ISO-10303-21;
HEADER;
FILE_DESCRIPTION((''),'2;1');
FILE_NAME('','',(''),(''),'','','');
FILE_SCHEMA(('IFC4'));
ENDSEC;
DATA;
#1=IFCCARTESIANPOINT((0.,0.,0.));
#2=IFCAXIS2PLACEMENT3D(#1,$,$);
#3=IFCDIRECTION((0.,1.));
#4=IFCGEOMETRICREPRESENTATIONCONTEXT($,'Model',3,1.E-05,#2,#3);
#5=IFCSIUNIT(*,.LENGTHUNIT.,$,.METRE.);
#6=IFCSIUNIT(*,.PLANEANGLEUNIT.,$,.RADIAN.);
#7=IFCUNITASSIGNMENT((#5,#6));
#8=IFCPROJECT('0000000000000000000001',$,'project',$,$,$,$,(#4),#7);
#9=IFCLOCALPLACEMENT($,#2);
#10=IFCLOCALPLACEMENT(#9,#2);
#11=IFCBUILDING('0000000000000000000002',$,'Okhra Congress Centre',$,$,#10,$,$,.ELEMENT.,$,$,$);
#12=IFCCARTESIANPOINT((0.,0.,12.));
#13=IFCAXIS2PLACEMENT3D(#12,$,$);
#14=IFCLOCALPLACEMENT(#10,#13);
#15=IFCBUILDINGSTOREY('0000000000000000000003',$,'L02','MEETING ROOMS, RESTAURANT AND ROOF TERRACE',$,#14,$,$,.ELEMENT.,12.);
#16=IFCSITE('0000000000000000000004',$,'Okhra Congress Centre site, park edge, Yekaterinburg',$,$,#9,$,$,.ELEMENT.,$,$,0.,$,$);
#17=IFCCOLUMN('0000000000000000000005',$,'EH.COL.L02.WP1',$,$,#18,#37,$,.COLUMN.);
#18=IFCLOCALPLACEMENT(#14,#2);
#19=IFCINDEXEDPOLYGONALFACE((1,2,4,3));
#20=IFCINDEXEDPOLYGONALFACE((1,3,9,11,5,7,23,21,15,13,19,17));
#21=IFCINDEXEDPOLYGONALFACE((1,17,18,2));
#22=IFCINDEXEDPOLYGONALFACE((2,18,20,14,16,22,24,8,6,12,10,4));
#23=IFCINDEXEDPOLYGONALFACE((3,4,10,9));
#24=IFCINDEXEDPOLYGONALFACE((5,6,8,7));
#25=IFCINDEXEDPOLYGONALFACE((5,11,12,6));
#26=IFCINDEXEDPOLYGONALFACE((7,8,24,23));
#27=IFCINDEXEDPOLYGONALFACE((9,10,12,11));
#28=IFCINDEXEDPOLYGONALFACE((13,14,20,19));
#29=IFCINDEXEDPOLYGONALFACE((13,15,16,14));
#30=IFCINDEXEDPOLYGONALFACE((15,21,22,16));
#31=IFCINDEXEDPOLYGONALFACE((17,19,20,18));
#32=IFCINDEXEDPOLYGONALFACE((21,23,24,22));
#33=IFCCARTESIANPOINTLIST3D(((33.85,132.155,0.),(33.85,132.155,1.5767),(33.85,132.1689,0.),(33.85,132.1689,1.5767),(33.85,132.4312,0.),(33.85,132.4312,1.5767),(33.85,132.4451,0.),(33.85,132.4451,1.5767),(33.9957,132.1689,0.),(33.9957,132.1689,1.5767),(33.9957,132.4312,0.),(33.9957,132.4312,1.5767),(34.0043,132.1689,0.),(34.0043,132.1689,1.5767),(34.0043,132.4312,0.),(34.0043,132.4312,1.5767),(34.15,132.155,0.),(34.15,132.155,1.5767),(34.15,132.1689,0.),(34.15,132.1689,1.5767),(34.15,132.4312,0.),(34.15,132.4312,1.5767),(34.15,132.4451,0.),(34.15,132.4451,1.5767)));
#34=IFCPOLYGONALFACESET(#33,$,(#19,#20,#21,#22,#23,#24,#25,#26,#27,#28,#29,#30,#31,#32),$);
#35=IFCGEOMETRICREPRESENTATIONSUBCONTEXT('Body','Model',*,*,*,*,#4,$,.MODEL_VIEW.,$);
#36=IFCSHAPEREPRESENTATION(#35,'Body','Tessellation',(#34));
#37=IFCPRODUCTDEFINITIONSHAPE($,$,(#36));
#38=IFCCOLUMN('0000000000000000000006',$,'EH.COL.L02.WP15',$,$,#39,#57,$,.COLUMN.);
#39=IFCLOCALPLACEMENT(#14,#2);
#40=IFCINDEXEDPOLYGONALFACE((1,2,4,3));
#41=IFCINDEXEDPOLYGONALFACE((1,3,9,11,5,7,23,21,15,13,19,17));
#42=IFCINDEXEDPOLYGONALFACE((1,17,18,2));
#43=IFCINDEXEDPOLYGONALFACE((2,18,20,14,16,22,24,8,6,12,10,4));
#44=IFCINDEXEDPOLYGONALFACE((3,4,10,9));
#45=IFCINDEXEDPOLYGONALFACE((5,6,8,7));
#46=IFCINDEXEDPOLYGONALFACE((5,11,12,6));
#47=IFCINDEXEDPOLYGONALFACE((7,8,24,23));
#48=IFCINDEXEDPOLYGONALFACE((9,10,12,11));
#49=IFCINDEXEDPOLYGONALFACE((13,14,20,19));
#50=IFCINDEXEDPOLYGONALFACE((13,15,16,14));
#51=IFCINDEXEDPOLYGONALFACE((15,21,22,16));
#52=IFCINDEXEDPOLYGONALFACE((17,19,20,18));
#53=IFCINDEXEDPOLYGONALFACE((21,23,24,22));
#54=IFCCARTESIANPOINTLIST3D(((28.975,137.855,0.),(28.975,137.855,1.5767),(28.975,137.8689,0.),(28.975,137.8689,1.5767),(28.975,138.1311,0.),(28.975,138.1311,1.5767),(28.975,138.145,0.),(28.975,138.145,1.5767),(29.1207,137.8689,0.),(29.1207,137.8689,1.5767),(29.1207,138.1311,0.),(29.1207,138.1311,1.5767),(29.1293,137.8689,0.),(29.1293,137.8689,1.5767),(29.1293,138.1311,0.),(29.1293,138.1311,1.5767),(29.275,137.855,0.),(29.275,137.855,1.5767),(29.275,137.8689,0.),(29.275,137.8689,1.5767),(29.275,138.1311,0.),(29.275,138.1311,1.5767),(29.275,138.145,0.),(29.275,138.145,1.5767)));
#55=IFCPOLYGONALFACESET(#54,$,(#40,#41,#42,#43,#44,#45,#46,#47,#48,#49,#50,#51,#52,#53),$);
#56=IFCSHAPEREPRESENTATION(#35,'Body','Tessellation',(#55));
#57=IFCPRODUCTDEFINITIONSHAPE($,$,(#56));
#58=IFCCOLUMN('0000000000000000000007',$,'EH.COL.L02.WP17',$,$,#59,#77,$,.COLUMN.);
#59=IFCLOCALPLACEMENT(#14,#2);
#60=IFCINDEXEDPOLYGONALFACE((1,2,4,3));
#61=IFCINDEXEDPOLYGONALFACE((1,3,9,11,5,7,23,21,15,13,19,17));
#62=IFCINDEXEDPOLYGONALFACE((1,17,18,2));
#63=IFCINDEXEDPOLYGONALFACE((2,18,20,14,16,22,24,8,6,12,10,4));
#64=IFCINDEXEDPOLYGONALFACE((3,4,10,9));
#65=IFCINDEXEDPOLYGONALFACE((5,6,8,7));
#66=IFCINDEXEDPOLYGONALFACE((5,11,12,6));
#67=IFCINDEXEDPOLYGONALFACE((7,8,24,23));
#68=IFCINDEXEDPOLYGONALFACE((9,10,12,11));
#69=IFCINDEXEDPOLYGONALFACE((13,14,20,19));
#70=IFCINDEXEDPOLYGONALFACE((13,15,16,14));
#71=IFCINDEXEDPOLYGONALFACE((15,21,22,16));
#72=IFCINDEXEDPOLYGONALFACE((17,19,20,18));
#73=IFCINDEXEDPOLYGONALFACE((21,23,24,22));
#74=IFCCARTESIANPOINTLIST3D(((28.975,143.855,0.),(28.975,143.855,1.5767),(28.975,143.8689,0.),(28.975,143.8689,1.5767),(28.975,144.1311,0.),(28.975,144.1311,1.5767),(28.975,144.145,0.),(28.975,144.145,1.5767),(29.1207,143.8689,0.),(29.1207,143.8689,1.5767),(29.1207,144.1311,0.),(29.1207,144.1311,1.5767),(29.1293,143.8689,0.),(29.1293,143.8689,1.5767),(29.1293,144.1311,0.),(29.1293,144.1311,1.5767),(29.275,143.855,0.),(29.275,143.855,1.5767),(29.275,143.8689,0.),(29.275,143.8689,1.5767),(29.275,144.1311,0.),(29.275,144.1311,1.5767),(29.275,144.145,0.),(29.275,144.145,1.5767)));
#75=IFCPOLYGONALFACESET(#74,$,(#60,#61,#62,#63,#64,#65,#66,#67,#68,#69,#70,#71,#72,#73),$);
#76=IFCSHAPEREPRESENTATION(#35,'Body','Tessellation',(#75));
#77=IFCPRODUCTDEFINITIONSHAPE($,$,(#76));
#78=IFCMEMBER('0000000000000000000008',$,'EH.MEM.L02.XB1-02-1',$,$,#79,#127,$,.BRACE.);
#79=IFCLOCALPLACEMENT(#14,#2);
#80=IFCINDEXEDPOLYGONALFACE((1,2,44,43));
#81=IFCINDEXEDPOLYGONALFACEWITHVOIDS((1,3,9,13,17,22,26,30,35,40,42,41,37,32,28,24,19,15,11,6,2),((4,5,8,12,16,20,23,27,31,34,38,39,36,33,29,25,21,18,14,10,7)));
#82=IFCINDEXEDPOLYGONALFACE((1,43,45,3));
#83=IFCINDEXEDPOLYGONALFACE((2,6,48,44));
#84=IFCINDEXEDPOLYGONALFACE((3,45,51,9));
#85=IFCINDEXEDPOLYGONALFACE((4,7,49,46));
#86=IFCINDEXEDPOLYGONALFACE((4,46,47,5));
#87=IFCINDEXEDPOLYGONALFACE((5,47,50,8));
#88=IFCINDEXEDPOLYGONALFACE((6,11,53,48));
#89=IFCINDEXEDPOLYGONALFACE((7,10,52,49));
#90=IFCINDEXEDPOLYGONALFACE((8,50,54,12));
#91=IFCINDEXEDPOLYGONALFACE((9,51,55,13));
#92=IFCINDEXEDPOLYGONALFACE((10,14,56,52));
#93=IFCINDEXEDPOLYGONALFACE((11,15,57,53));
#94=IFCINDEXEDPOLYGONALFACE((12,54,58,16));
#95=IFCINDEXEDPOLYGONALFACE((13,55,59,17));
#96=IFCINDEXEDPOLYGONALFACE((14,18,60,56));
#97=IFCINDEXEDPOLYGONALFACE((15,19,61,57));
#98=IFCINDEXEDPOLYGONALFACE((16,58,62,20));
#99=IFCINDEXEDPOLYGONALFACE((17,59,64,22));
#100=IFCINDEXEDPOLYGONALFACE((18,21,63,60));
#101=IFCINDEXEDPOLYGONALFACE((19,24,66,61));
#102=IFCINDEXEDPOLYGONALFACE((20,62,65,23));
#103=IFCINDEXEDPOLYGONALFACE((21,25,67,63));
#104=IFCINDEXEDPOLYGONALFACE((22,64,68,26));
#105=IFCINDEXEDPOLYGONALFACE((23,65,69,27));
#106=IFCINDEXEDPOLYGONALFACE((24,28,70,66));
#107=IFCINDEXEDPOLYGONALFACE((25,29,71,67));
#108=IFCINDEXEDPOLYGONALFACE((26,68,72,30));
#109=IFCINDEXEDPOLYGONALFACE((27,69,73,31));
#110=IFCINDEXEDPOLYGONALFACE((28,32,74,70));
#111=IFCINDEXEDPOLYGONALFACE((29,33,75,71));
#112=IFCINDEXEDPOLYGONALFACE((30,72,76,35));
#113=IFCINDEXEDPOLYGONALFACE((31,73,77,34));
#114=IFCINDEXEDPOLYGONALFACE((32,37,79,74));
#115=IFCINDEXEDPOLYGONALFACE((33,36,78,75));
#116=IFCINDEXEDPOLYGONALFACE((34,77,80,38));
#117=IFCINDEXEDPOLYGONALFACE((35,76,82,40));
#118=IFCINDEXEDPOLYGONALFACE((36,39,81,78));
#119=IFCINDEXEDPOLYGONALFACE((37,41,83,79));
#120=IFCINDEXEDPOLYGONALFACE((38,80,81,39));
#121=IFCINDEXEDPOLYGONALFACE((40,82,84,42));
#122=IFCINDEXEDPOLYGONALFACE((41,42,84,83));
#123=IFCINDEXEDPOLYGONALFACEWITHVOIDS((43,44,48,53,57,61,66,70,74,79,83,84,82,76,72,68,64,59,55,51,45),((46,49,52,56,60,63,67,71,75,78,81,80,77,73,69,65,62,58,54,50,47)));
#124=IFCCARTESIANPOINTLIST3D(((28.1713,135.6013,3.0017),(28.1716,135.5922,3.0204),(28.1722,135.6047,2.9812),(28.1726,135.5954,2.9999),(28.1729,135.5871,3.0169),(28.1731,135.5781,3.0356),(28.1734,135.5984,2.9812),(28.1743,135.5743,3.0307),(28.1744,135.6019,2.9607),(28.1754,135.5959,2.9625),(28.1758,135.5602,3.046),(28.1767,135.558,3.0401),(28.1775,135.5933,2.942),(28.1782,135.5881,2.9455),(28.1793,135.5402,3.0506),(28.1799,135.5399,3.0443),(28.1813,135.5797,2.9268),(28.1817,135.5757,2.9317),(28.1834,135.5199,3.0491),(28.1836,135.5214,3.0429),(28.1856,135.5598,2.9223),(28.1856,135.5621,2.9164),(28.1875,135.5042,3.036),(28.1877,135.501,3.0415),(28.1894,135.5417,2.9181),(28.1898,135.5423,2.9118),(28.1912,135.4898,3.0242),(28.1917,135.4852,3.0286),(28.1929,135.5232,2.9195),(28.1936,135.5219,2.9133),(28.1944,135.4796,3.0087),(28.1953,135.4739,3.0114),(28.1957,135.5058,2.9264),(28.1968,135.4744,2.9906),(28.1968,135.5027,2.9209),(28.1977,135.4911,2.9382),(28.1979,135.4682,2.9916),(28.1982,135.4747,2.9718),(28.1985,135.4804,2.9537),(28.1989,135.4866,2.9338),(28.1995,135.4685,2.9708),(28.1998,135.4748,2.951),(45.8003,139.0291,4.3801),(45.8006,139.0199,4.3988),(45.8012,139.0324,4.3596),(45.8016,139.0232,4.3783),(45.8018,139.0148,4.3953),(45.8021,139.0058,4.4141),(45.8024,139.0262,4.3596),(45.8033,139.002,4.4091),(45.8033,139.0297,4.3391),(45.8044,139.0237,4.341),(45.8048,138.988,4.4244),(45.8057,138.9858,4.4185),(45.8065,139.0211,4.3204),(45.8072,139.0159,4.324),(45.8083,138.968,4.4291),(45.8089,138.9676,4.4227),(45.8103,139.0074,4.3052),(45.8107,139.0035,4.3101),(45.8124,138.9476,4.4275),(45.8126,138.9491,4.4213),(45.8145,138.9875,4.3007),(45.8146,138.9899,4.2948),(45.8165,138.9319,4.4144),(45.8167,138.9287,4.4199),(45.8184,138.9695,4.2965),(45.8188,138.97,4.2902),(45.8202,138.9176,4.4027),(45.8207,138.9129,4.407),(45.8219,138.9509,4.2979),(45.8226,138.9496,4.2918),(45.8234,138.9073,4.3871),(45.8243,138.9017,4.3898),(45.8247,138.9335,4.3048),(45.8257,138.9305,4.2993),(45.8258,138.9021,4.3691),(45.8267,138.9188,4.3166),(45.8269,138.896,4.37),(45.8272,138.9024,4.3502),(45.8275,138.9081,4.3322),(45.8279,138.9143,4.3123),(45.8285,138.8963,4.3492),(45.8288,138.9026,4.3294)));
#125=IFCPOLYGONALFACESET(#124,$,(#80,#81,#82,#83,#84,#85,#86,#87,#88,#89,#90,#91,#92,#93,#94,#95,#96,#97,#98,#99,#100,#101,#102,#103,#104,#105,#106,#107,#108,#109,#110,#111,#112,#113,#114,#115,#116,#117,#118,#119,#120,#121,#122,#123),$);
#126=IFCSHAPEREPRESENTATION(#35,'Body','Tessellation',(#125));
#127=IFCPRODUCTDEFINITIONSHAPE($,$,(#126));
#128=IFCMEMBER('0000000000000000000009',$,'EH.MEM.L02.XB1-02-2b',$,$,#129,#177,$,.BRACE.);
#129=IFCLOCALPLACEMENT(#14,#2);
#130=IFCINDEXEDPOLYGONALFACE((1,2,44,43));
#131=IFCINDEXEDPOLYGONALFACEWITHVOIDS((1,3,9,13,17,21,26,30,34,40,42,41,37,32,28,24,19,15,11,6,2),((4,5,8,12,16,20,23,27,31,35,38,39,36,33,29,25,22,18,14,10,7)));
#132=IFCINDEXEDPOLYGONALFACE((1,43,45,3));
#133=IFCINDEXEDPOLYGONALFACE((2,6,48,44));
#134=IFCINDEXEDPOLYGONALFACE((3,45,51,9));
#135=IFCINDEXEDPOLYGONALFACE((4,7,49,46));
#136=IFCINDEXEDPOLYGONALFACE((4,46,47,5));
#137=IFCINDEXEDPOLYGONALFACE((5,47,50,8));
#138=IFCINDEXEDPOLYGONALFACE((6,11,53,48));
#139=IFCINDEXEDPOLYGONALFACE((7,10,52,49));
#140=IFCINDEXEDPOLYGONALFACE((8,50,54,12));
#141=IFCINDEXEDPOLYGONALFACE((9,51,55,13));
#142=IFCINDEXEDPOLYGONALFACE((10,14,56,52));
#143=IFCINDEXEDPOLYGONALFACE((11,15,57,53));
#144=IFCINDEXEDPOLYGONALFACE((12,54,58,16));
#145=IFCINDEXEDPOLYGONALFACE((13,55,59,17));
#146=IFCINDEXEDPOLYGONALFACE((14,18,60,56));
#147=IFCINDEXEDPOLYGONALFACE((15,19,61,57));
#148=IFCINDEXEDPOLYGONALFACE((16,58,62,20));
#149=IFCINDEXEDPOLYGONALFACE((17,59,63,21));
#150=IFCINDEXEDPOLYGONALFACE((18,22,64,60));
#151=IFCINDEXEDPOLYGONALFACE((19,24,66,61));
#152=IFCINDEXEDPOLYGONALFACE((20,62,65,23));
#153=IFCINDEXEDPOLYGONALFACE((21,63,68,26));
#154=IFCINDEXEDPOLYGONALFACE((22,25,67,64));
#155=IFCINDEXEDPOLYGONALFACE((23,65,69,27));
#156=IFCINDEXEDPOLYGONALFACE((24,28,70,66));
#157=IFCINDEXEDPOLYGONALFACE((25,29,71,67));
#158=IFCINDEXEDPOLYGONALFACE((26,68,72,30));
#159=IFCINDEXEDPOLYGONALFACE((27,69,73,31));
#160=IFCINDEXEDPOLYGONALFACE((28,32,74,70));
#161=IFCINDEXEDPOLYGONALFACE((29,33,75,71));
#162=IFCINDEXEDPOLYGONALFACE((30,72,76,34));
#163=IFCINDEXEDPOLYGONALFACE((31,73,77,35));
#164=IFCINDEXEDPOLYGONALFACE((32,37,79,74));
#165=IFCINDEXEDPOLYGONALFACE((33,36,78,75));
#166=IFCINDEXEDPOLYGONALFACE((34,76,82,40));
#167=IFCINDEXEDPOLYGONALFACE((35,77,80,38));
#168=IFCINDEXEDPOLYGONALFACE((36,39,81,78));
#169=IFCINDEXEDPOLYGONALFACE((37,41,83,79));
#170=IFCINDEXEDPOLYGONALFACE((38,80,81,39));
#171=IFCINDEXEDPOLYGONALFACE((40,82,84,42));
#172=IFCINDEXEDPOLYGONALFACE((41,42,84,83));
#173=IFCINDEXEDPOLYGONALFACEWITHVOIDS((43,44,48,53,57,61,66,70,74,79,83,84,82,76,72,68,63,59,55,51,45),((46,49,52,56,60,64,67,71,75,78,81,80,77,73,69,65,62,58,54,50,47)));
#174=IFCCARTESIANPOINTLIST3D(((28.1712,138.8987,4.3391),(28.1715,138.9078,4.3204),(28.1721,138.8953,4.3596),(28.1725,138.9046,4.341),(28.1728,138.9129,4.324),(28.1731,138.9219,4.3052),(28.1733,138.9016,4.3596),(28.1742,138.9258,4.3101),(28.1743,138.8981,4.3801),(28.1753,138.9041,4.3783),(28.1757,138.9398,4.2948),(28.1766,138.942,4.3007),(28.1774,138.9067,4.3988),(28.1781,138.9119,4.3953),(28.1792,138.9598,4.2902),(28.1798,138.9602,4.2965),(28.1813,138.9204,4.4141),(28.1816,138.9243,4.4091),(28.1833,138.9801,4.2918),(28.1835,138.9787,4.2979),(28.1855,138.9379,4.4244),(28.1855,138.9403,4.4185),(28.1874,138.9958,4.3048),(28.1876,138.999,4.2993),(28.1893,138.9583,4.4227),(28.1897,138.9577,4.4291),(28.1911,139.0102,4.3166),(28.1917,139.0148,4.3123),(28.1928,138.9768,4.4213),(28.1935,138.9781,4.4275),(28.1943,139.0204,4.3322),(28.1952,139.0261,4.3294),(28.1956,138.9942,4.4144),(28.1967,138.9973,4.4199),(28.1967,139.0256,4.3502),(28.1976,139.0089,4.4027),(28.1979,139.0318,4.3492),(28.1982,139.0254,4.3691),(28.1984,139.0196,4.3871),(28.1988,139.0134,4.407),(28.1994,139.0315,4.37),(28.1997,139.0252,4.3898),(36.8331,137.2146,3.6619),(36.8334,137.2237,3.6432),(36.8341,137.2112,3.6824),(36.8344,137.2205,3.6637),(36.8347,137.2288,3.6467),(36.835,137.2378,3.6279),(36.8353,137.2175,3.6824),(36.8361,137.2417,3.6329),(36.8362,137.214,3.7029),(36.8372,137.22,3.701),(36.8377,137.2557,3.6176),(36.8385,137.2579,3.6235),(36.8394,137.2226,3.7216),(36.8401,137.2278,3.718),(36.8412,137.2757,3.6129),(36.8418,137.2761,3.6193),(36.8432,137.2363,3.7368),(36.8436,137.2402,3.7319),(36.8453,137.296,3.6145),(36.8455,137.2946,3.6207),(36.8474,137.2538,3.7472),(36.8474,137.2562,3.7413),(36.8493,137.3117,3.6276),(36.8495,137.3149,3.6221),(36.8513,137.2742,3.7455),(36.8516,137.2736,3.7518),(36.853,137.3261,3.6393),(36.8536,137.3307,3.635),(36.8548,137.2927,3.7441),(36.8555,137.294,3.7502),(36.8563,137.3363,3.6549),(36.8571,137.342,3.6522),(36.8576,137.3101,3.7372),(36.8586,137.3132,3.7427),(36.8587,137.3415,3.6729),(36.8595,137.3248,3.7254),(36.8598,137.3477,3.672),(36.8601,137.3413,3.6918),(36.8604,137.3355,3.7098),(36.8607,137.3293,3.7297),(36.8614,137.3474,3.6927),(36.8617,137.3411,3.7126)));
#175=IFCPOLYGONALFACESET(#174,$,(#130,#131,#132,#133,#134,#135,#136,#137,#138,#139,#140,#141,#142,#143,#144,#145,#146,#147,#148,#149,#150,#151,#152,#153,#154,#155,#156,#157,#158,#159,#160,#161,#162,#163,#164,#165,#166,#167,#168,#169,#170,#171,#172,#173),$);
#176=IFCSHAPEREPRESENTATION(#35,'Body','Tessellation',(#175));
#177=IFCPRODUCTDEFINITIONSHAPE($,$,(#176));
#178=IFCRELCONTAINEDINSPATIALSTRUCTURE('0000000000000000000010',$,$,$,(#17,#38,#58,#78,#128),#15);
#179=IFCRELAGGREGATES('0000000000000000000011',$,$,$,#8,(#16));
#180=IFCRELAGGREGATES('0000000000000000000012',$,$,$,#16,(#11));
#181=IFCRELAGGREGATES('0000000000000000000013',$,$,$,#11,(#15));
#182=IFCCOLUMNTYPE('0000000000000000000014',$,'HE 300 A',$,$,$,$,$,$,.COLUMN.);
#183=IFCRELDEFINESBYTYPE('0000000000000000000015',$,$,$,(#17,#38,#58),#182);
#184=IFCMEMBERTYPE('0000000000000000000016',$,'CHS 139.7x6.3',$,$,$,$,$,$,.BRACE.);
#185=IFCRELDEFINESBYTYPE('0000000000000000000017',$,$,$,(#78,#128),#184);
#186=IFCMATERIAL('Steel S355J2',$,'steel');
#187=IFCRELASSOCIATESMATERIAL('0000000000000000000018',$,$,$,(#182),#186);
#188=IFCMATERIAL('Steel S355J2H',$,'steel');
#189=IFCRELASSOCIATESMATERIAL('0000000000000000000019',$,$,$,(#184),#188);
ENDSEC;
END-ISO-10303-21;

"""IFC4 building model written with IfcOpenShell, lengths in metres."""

from ifc_helpers import new_model, si_unit, direction, frame, origin, origin_2d, place, context, subcontext, project, spatial, hollow_circle, i_section, extrude, material, material_profile, profile_set, type_object, element, save


model = new_model("IFC4")

# Units and contexts
model_context = context("Model", 3, precision=1e-05, world=origin(), true_north=direction((0.0, 1.0)))
body_context = subcontext(model_context, "Body", "Model", "MODEL_VIEW")
ifc_project = project(units=[si_unit("LENGTHUNIT", "METRE"), si_unit("PLANEANGLEUNIT", "RADIAN")], contexts=[model_context])

# Site, building, storey
site_placement = place(None, origin())
site = spatial("IfcSite", under=ifc_project, at=site_placement, Name="Okhra Congress Centre site, park edge, Yekaterinburg", CompositionType="ELEMENT", RefElevation=0.0)
building_placement = place(site_placement, origin())
building = spatial("IfcBuilding", under=site, at=building_placement, Name="Okhra Congress Centre", CompositionType="ELEMENT")
storey_placement = place(building_placement, frame((0.0, 0.0, 12.0)))
storey = spatial("IfcBuildingStorey", under=building, at=storey_placement, Name="L02", Description="MEETING ROOMS, RESTAURANT AND ROOF TERRACE", CompositionType="ELEMENT", Elevation=12.0)

# Columns
ifc_material_1 = material(Name="Steel S355J2", Category="steel")
ifc_material_profile_1 = material_profile(ifc_material_1, i_section(OverallWidth=0.3, OverallDepth=0.29, WebThickness=0.0085, FlangeThickness=0.0139, at=origin_2d()), Name="HE 300 A")
ifc_profile_set_1 = profile_set([ifc_material_profile_1], Name="Steel S355J2")
column_type = type_object("IfcColumnType", Name="HE 300 A", PredefinedType="COLUMN", material=ifc_profile_set_1)
for number, where, z_axis, x_axis, name in (
    (1, (34.0, 132.3, 0.0), (0.0, 0.0, 1.0), (1.0, 0.0, 0.0), "EH.COL.L02.WP1"),
    (2, (29.125, 138.0, 0.0), (0.0, 0.0, 1.0), (1.0, 0.0, 0.0), "EH.COL.L02.WP15"),
    (3, (29.125, 144.0, 0.0), (0.0, 0.0, 1.0), (1.0, 0.0, 0.0), "EH.COL.L02.WP17"),
):
    element("IfcColumn", number, at=place(storey_placement, frame(where, z_axis=z_axis, x_axis=x_axis)), inside=storey, type_object=column_type, Name=name, PredefinedType="COLUMN", context=body_context, shape_type="SweptSolid", body=[
        extrude(i_section(OverallWidth=0.3, OverallDepth=0.29, WebThickness=0.0085, FlangeThickness=0.0139, at=origin_2d()), origin(), (0.0, 0.0, 1.0), 1.5767),
    ])

# Members
ifc_material_2 = material(Name="Steel S355J2H", Category="steel")
ifc_material_profile_2 = material_profile(ifc_material_2, hollow_circle(Radius=0.0698, WallThickness=0.0063, at=origin_2d()), Name="CHS 139.7x6.3")
ifc_profile_set_2 = profile_set([ifc_material_profile_2], Name="Steel S355J2H")
member_type_1 = type_object("IfcMemberType", Name="CHS 139.7x6.3", PredefinedType="BRACE", material=ifc_profile_set_2)
member_1_placement = place(storey_placement, frame((28.1855, 135.5361, 2.9812), z_axis=(0.978738, 0.190304, 0.076528), x_axis=(-0.190864, 0.981617, 0.0)))
element("IfcMember", 4, at=member_1_placement, inside=storey, type_object=member_type_1, Name="EH.MEM.L02.XB1-02-1", PredefinedType="BRACE", context=body_context, shape_type="SweptSolid", body=[
    extrude(hollow_circle(Radius=0.0698, WallThickness=0.0063, at=origin_2d()), origin(), (0.0, 0.0, 1.0), 18.012),
])
member_2_placement = place(storey_placement, frame((36.8474, 137.2798, 3.6824), z_axis=(-0.978741, 0.190292, 0.076525), x_axis=(-0.190851, -0.981619, 0.0)))
element("IfcMember", 5, at=member_2_placement, inside=storey, type_object=member_type_1, Name="EH.MEM.L02.XB1-02-2b", PredefinedType="BRACE", context=body_context, shape_type="SweptSolid", body=[
    extrude(hollow_circle(Radius=0.0698, WallThickness=0.0063, at=origin_2d()), origin(), (0.0, 0.0, 1.0), 8.8501),
])

save(model, "model.ifc")
